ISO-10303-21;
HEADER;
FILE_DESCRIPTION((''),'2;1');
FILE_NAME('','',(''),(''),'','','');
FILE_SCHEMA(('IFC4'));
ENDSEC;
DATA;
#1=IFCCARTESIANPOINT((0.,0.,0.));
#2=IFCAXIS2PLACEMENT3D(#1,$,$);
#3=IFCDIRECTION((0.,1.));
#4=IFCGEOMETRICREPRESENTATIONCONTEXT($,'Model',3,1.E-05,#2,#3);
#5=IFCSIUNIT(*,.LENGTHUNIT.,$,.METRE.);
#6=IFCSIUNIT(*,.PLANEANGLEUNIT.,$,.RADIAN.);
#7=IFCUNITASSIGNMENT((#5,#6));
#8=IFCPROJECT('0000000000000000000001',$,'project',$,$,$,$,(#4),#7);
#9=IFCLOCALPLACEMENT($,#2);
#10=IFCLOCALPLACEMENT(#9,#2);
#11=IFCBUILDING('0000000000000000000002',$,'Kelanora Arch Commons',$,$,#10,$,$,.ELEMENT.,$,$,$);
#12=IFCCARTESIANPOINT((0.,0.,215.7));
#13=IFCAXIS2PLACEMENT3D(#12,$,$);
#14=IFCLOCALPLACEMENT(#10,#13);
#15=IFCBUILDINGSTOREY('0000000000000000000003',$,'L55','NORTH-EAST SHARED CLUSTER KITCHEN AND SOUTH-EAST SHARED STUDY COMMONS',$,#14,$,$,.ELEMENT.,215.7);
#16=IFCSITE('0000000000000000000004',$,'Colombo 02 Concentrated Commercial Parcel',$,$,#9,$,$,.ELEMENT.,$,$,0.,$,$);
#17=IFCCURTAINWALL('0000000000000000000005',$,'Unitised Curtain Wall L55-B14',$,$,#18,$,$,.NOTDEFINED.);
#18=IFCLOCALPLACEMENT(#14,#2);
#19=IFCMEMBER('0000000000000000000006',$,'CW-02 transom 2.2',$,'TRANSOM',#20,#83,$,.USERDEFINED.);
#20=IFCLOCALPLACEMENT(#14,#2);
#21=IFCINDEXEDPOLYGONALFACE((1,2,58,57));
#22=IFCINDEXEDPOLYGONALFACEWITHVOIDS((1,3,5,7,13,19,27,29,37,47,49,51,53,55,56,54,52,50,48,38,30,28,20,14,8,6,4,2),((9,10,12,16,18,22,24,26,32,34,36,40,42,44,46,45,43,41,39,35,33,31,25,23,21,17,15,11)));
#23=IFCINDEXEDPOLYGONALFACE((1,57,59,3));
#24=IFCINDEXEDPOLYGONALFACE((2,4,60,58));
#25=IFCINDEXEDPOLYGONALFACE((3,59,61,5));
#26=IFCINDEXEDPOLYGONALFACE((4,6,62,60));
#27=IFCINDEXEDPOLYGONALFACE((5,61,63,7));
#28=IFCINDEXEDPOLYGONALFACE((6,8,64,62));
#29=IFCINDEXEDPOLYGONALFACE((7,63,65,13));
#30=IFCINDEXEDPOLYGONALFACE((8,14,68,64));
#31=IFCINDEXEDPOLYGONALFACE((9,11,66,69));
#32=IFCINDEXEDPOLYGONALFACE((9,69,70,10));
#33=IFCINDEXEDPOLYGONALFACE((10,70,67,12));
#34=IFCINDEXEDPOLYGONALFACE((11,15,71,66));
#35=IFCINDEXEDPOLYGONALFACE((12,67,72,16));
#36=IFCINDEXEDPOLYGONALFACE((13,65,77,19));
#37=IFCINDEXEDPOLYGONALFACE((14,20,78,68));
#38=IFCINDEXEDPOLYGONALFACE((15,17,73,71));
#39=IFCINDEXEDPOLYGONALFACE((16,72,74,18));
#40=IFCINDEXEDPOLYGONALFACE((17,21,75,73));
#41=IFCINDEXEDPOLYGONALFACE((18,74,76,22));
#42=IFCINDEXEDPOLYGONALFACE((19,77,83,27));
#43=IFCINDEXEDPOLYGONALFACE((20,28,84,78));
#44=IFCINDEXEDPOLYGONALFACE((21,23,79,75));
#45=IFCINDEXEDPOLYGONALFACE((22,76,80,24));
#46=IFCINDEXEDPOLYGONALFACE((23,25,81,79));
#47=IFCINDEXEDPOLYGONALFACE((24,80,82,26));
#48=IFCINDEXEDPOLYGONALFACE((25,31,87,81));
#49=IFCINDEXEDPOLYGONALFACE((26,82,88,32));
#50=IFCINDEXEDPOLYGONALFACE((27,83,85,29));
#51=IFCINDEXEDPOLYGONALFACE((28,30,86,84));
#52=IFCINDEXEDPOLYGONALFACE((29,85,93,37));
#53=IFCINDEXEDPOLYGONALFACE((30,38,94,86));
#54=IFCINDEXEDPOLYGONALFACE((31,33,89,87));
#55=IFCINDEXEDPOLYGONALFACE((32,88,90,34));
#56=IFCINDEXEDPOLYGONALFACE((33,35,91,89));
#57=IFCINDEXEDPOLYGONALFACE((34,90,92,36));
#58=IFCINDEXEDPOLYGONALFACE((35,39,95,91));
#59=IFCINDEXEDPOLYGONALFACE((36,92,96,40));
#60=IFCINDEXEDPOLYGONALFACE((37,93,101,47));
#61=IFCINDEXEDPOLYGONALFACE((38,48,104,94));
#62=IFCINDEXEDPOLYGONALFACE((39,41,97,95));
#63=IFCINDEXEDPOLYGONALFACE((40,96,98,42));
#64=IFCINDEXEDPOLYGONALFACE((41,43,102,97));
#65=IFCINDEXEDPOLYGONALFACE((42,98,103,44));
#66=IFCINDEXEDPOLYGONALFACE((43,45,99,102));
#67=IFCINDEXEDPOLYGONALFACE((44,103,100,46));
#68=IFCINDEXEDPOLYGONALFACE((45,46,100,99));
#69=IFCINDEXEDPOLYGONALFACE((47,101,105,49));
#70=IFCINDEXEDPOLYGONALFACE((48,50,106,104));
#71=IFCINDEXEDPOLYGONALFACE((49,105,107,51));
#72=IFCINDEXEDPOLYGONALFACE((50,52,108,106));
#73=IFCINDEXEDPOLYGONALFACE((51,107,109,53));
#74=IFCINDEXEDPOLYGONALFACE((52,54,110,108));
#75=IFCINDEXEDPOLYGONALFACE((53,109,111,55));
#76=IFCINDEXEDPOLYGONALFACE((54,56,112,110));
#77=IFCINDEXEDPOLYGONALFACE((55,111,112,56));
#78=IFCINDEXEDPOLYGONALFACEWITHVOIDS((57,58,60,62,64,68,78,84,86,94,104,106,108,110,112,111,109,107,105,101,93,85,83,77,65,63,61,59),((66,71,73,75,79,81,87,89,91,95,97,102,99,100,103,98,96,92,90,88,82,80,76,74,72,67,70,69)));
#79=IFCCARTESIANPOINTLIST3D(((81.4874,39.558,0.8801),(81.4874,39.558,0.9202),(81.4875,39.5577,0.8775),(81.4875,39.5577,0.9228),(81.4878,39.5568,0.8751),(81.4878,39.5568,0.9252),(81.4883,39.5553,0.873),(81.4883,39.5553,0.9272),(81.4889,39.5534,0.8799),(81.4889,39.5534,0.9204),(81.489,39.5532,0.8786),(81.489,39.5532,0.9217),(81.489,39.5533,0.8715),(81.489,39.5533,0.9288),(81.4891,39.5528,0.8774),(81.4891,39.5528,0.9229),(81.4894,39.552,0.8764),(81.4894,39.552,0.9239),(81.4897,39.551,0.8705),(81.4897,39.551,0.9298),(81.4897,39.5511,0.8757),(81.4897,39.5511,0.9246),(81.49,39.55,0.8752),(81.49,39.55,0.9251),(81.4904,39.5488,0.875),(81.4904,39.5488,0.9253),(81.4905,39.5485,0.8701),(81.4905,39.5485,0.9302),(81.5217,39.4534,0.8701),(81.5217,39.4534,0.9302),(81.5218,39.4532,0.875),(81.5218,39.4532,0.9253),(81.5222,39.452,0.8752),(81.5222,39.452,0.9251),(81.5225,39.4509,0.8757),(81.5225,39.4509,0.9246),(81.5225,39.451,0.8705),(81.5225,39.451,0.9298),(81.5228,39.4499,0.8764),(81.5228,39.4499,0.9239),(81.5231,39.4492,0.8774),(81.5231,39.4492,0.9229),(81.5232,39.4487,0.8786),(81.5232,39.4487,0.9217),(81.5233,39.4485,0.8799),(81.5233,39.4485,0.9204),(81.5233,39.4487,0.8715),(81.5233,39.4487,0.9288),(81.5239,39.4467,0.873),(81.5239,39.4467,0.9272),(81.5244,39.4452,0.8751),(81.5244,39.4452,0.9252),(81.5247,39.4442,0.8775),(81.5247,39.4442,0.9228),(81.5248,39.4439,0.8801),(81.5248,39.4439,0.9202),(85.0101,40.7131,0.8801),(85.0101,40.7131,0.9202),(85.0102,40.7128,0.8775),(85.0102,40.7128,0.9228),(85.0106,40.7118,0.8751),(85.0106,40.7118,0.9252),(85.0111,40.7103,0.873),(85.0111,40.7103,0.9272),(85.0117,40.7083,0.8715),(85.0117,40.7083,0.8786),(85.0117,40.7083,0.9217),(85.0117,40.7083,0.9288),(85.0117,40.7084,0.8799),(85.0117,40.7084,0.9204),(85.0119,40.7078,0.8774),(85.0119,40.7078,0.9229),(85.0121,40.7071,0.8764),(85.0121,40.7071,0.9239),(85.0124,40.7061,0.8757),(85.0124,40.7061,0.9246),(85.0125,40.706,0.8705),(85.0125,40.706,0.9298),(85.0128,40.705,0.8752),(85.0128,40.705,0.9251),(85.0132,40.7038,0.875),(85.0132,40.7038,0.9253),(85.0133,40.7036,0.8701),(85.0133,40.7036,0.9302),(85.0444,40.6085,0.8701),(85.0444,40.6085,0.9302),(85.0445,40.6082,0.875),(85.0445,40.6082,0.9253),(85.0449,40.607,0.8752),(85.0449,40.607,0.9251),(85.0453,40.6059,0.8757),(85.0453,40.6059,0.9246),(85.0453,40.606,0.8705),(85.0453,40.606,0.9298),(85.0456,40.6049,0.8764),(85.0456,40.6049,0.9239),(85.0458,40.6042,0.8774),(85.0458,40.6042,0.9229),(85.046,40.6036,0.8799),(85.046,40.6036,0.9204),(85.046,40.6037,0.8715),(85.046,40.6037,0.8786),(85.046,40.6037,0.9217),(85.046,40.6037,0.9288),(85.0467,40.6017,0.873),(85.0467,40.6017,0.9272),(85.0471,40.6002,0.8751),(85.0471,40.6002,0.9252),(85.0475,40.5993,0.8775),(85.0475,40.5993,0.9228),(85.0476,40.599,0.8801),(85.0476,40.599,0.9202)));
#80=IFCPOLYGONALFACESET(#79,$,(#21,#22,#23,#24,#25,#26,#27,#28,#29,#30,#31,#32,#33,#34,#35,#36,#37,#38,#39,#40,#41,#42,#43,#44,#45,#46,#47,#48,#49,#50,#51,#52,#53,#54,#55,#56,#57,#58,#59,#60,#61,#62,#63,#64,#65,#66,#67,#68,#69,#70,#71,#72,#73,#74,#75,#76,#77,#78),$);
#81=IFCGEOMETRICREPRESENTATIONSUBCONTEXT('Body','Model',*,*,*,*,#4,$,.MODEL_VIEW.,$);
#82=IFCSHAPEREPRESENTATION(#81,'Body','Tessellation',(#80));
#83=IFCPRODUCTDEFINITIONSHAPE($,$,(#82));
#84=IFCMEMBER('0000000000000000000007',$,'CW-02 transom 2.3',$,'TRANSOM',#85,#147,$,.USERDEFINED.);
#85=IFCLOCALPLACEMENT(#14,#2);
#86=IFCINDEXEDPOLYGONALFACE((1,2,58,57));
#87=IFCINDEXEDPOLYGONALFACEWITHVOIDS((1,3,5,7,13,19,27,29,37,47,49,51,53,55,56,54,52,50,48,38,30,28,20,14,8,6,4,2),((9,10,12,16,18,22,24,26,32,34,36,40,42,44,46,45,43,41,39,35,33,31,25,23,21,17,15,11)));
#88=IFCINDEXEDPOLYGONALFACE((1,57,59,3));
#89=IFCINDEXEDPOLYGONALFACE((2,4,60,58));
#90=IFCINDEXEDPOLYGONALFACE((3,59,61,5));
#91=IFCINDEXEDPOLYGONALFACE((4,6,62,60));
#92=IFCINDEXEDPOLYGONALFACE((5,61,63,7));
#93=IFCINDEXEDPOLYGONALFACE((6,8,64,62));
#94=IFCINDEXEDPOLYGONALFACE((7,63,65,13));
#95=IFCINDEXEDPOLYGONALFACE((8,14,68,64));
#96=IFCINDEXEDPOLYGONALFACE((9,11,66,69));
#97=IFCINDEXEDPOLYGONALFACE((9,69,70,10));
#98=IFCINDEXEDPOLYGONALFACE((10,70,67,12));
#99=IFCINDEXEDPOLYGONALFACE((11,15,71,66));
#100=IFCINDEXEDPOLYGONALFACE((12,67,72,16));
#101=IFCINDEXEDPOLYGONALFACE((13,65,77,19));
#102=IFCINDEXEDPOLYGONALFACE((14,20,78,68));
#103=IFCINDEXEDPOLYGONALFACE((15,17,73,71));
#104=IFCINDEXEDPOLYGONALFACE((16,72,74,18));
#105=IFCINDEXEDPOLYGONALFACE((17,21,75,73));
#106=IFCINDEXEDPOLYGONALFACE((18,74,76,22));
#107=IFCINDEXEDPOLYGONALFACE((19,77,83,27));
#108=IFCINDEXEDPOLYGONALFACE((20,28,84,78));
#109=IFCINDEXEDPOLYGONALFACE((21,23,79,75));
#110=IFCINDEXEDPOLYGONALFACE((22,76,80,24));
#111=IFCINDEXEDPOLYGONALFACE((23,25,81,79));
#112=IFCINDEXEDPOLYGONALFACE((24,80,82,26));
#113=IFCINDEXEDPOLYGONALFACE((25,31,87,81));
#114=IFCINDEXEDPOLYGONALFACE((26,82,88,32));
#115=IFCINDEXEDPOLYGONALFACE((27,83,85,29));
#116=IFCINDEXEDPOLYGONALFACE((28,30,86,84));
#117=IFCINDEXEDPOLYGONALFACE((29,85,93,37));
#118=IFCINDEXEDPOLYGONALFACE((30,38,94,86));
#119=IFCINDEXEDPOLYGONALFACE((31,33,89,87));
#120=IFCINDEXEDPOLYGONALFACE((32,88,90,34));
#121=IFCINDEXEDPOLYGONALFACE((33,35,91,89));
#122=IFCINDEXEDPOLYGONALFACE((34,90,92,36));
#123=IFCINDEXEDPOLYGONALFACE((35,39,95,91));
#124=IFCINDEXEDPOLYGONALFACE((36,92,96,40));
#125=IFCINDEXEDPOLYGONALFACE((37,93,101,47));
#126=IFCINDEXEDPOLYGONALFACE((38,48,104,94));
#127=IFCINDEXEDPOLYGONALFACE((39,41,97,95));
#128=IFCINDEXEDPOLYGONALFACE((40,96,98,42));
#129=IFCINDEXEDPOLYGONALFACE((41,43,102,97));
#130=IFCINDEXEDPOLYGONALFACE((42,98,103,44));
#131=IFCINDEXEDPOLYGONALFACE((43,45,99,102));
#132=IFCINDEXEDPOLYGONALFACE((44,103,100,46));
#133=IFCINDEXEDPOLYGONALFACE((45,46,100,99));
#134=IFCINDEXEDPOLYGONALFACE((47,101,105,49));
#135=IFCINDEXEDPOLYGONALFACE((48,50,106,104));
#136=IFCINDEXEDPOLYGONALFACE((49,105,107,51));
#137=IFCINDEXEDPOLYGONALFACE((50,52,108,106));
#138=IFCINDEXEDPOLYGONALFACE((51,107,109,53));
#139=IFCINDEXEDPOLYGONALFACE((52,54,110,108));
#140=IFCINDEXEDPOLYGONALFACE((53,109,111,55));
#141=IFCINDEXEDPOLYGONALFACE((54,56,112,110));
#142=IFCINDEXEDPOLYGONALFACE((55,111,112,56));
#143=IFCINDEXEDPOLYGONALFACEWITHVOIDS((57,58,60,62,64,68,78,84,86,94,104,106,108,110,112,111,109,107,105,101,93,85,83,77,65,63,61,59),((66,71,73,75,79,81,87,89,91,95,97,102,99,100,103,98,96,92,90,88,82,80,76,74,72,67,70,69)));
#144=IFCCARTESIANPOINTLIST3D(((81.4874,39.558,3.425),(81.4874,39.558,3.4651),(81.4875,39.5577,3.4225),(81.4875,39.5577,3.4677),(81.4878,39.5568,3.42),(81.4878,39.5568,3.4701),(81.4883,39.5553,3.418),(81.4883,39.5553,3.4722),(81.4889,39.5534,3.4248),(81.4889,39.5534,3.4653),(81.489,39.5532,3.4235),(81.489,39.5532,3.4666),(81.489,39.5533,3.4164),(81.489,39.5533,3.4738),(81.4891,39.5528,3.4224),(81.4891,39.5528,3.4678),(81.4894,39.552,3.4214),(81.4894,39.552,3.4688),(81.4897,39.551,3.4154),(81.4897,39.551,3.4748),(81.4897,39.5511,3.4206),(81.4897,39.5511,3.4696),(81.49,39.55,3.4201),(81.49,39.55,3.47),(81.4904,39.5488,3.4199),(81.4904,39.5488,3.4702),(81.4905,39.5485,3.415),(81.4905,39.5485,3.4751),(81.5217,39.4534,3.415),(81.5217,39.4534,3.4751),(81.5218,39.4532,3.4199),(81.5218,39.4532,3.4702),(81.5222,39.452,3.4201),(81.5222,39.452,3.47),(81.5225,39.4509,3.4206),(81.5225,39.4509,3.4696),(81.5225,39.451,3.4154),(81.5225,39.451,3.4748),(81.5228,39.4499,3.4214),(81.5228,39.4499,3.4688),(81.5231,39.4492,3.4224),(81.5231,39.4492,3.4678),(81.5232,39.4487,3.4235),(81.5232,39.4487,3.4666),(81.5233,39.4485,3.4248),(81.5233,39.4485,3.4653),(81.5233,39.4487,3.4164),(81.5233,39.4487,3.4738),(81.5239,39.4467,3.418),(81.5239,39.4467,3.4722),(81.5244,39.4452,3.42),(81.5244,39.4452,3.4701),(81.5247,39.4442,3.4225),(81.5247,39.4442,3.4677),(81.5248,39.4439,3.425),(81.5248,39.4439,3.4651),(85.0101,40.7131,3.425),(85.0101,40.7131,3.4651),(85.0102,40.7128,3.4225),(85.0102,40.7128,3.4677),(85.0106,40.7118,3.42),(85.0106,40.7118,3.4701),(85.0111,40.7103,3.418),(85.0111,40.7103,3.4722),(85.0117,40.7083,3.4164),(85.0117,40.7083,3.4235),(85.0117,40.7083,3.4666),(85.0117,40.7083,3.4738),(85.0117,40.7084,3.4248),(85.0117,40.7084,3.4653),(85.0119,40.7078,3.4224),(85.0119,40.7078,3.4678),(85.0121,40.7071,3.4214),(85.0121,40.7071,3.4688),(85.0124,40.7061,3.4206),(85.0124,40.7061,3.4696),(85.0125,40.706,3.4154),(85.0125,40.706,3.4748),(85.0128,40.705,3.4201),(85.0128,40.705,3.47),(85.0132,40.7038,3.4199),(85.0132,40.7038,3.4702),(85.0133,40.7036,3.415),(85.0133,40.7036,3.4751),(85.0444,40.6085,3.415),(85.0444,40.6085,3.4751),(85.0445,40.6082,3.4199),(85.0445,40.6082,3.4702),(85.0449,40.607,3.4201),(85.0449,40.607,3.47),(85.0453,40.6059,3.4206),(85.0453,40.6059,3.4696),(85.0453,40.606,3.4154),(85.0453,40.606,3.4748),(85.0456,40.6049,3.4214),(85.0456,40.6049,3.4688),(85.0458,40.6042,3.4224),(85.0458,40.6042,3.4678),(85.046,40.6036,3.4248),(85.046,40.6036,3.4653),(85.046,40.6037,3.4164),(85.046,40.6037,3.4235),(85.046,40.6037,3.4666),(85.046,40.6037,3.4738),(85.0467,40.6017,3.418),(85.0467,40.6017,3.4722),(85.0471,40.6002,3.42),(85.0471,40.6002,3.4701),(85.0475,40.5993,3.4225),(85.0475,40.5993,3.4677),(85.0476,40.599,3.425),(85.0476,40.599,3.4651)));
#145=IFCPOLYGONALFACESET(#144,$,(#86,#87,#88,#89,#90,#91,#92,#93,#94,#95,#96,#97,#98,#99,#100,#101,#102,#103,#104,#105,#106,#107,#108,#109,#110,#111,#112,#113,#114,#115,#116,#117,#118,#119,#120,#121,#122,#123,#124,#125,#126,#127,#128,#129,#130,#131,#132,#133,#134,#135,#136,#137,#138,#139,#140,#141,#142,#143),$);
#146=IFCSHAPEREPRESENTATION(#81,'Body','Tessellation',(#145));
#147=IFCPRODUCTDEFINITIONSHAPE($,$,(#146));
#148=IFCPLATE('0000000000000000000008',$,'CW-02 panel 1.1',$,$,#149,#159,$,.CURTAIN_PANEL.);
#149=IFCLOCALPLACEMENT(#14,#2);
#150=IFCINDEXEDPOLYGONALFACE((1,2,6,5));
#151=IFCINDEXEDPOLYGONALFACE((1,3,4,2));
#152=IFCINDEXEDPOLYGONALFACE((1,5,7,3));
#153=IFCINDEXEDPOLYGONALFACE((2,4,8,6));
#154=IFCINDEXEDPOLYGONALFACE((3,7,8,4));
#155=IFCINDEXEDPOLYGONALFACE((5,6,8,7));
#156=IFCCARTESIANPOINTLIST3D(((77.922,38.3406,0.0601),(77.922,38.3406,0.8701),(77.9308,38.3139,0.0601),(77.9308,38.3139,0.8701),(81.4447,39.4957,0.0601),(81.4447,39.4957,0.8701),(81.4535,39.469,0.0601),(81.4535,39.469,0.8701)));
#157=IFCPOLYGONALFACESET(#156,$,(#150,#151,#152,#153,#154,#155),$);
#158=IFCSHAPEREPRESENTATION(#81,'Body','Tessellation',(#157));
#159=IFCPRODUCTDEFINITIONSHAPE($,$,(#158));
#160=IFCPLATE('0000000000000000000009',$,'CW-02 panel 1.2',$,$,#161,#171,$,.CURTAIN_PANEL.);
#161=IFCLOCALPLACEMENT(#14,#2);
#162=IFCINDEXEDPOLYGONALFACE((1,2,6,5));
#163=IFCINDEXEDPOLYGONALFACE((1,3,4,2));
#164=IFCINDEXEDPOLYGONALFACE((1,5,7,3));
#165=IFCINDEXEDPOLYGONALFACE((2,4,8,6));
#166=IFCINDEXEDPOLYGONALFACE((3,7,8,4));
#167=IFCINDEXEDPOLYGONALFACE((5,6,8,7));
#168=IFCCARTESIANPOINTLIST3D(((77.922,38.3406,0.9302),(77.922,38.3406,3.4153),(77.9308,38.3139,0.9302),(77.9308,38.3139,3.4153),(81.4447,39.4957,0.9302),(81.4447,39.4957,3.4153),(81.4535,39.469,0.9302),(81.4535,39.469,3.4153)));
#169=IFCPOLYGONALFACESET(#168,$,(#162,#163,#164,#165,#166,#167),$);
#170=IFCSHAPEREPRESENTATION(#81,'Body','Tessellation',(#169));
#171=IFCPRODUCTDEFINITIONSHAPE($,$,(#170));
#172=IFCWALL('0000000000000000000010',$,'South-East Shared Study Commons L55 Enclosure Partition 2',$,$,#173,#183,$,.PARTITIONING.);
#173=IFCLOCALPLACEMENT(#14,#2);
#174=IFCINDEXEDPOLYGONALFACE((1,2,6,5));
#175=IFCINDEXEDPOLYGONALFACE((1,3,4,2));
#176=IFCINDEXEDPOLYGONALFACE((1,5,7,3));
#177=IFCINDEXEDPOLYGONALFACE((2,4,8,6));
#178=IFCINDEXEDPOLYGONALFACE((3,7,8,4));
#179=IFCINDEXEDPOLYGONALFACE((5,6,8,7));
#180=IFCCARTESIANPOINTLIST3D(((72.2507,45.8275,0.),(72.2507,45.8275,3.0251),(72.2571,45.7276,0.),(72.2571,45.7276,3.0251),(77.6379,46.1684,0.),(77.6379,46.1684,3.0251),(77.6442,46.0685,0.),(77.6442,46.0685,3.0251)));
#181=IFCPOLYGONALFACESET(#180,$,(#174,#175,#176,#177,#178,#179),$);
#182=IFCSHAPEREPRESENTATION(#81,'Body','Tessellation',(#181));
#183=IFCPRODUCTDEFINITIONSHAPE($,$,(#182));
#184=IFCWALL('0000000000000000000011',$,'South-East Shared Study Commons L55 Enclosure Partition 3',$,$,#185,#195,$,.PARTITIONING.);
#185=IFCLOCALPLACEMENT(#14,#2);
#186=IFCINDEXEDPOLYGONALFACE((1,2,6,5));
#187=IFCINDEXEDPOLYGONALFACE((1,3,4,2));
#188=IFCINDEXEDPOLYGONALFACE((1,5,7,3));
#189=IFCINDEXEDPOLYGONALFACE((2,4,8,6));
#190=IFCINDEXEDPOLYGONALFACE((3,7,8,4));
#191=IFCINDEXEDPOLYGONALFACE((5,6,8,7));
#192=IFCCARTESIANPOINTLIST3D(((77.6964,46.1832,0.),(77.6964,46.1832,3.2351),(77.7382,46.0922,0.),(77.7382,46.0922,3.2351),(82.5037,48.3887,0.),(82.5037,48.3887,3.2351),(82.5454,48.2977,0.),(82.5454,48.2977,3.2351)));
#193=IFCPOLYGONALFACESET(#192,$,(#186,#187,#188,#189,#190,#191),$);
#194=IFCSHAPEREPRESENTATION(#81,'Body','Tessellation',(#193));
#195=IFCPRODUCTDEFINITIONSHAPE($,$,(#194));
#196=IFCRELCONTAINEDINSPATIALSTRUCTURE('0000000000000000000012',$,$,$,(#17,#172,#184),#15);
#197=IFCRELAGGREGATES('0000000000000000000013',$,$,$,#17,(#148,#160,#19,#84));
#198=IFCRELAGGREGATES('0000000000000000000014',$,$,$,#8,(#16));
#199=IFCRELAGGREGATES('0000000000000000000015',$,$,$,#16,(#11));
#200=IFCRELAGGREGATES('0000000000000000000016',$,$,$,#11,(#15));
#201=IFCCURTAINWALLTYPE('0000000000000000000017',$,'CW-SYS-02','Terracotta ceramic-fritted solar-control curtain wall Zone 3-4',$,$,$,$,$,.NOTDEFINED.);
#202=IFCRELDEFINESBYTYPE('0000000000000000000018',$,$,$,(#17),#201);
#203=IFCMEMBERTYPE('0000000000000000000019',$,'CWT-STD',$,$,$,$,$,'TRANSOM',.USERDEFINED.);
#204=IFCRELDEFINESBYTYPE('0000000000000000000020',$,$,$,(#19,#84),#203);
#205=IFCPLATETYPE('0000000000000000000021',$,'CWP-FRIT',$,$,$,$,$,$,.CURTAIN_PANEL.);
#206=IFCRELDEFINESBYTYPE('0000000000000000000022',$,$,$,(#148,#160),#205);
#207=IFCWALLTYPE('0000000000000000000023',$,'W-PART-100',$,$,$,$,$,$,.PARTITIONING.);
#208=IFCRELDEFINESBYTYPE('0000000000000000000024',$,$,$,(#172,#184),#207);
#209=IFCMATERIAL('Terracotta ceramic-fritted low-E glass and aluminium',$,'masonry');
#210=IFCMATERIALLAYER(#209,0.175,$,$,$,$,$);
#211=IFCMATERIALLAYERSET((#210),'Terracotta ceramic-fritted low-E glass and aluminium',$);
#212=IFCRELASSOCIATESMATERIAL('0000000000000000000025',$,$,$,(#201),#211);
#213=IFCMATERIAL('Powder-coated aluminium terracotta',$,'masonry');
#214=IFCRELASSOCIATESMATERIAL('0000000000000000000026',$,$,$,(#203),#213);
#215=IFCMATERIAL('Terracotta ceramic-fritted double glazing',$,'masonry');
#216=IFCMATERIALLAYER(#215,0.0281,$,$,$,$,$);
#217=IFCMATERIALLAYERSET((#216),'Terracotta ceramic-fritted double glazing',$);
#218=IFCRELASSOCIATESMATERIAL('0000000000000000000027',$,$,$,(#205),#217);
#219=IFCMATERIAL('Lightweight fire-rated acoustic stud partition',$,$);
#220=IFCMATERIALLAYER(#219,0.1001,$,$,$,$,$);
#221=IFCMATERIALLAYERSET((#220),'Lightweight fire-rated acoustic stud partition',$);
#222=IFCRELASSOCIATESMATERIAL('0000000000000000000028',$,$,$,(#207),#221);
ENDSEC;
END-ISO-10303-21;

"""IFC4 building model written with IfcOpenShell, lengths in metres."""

from ifc_helpers import new_model, si_unit, direction, frame, frame_2d, origin, origin_2d, place, context, subcontext, project, spatial, rectangle, hollow_rectangle, extrude, source, transform, mapped, material, layer, layer_set, material_profile, profile_set, type_object, element, aggregate, save


model = new_model("IFC4")

# Units and contexts
model_context = context("Model", 3, precision=1e-05, world=origin(), true_north=direction((0.0, 1.0)))
body_context = subcontext(model_context, "Body", "Model", "MODEL_VIEW")
ifc_project = project(units=[si_unit("LENGTHUNIT", "METRE"), si_unit("PLANEANGLEUNIT", "RADIAN")], contexts=[model_context])

# Site, building, storey
site_placement = place(None, origin())
site = spatial("IfcSite", under=ifc_project, at=site_placement, Name="Colombo 02 Concentrated Commercial Parcel", CompositionType="ELEMENT", RefElevation=0.0)
building_placement = place(site_placement, origin())
building = spatial("IfcBuilding", under=site, at=building_placement, Name="Kelanora Arch Commons", CompositionType="ELEMENT")
storey_placement = place(building_placement, frame((0.0, 0.0, 215.7)))
storey = spatial("IfcBuildingStorey", under=building, at=storey_placement, Name="L55", Description="NORTH-EAST SHARED CLUSTER KITCHEN AND SOUTH-EAST SHARED STUDY COMMONS", CompositionType="ELEMENT", Elevation=215.7)

# Curtain wall, members, plates
ifc_material_1 = material(Name="Terracotta ceramic-fritted low-E glass and aluminium", Category="masonry")
ifc_layer_1 = layer(ifc_material_1, 0.175)
ifc_layer_set_1 = layer_set([ifc_layer_1], Name="Terracotta ceramic-fritted low-E glass and aluminium")
curtain_wall_type = type_object("IfcCurtainWallType", Name="CW-SYS-02", Description="Terracotta ceramic-fritted solar-control curtain wall Zone 3-4", PredefinedType="NOTDEFINED", material=ifc_layer_set_1)
curtain_wall_placement = place(storey_placement, origin())
curtain_wall = element("IfcCurtainWall", 1, at=curtain_wall_placement, inside=storey, type_object=curtain_wall_type, Name="Unitised Curtain Wall L55-B14", PredefinedType="NOTDEFINED")
ifc_material_2 = material(Name="Powder-coated aluminium terracotta", Category="masonry")
ifc_material_profile_1 = material_profile(ifc_material_2, hollow_rectangle(XDim=0.1201, YDim=0.0601, WallThickness=0.0049, InnerFilletRadius=0.0049, OuterFilletRadius=0.01, at=origin_2d()), Name="CWT120x60")
ifc_profile_set_1 = profile_set([ifc_material_profile_1], Name="Powder-coated aluminium terracotta")
member_type_1 = type_object("IfcMemberType", Name="CWT-STD", ElementType="TRANSOM", PredefinedType="USERDEFINED", material=ifc_profile_set_1)
member_1_placement = place(storey_placement, frame((81.5061, 39.501, 0.9001), z_axis=(0.950226, 0.311561, 0.0), x_axis=(-0.311561, 0.950226, 0.0)))
member_1 = element("IfcMember", 2, at=member_1_placement, type_object=member_type_1, Name="CW-02 transom 2.2", ObjectType="TRANSOM", PredefinedType="USERDEFINED", context=body_context, shape_type="SweptSolid", body=[
    extrude(hollow_rectangle(XDim=0.1201, YDim=0.0601, WallThickness=0.0049, InnerFilletRadius=0.0049, OuterFilletRadius=0.01, at=origin_2d()), origin(), (0.0, 0.0, 1.0), 3.7073),
])
member_2_placement = place(storey_placement, frame((81.5061, 39.501, 3.4451), z_axis=(0.950226, 0.311561, 0.0), x_axis=(-0.311561, 0.950226, 0.0)))
member_2 = element("IfcMember", 3, at=member_2_placement, type_object=member_type_1, Name="CW-02 transom 2.3", ObjectType="TRANSOM", PredefinedType="USERDEFINED", context=body_context, shape_type="SweptSolid", body=[
    extrude(hollow_rectangle(XDim=0.1201, YDim=0.0601, WallThickness=0.0049, InnerFilletRadius=0.0049, OuterFilletRadius=0.01, at=origin_2d()), origin(), (0.0, 0.0, 1.0), 3.7073),
])
ifc_material_3 = material(Name="Terracotta ceramic-fritted double glazing", Category="masonry")
ifc_layer_2 = layer(ifc_material_3, 0.0281)
ifc_layer_set_2 = layer_set([ifc_layer_2], Name="Terracotta ceramic-fritted double glazing")
plate_type = type_object("IfcPlateType", Name="CWP-FRIT", PredefinedType="CURTAIN_PANEL", material=ifc_layer_set_2)
shared_shape_1 = source(origin(), body_context, "Body", "SweptSolid", [
    extrude(rectangle(XDim=3.7073, YDim=0.0281, at=origin_2d()), origin(), (0.0, 0.0, 1.0), 0.8101),
])
plate_1_placement = place(storey_placement, frame((79.6877, 38.9048, 0.0601), z_axis=(0.0, 0.0, 1.0), x_axis=(0.950219, 0.311582, 0.0)))
plate_1 = element("IfcPlate", 4, at=plate_1_placement, type_object=plate_type, Name="CW-02 panel 1.1", PredefinedType="CURTAIN_PANEL", context=body_context, shape_type="MappedRepresentation", body=[
    mapped(shared_shape_1, transform((0.0, 0.0, 0.0), scale=1.0)),
])
shared_shape_2 = source(origin(), body_context, "Body", "SweptSolid", [
    extrude(rectangle(XDim=3.7073, YDim=0.0281, at=origin_2d()), origin(), (0.0, 0.0, 1.0), 2.4851),
])
plate_2_placement = place(storey_placement, frame((79.6877, 38.9048, 0.9302), z_axis=(0.0, 0.0, 1.0), x_axis=(0.950219, 0.311582, 0.0)))
plate_2 = element("IfcPlate", 5, at=plate_2_placement, type_object=plate_type, Name="CW-02 panel 1.2", PredefinedType="CURTAIN_PANEL", context=body_context, shape_type="MappedRepresentation", body=[
    mapped(shared_shape_2, transform((0.0, 0.0, 0.0), scale=1.0)),
])
aggregate(curtain_wall, [plate_1, plate_2, member_1, member_2])

# Walls
ifc_material_4 = material(Name="Lightweight fire-rated acoustic stud partition")
ifc_layer_3 = layer(ifc_material_4, 0.1001)
ifc_layer_set_3 = layer_set([ifc_layer_3], Name="Lightweight fire-rated acoustic stud partition")
wall_type = type_object("IfcWallType", Name="W-PART-100", PredefinedType="PARTITIONING", material=ifc_layer_set_3)
wall_1_placement = place(storey_placement, frame((72.2539, 45.7776, 0.0), z_axis=(0.0, 0.0, 1.0), x_axis=(0.998005, 0.063139, 0.0)))
element("IfcWall", 6, at=wall_1_placement, inside=storey, type_object=wall_type, Name="South-East Shared Study Commons L55 Enclosure Partition 2", PredefinedType="PARTITIONING", context=body_context, shape_type="SweptSolid", body=[
    extrude(rectangle(XDim=5.3979, YDim=0.1001, at=frame_2d((2.699, 0.0))), origin(), (0.0, 0.0, 1.0), 3.0251),
])
wall_2_placement = place(storey_placement, frame((77.7173, 46.1377, 0.0), z_axis=(0.0, 0.0, 1.0), x_axis=(0.908908, 0.416996, 0.0)))
element("IfcWall", 7, at=wall_2_placement, inside=storey, type_object=wall_type, Name="South-East Shared Study Commons L55 Enclosure Partition 3", PredefinedType="PARTITIONING", context=body_context, shape_type="SweptSolid", body=[
    extrude(rectangle(XDim=5.2891, YDim=0.1001, at=frame_2d((2.6445, 0.0))), origin(), (0.0, 0.0, 1.0), 3.2351),
])

save(model, "model.ifc")
